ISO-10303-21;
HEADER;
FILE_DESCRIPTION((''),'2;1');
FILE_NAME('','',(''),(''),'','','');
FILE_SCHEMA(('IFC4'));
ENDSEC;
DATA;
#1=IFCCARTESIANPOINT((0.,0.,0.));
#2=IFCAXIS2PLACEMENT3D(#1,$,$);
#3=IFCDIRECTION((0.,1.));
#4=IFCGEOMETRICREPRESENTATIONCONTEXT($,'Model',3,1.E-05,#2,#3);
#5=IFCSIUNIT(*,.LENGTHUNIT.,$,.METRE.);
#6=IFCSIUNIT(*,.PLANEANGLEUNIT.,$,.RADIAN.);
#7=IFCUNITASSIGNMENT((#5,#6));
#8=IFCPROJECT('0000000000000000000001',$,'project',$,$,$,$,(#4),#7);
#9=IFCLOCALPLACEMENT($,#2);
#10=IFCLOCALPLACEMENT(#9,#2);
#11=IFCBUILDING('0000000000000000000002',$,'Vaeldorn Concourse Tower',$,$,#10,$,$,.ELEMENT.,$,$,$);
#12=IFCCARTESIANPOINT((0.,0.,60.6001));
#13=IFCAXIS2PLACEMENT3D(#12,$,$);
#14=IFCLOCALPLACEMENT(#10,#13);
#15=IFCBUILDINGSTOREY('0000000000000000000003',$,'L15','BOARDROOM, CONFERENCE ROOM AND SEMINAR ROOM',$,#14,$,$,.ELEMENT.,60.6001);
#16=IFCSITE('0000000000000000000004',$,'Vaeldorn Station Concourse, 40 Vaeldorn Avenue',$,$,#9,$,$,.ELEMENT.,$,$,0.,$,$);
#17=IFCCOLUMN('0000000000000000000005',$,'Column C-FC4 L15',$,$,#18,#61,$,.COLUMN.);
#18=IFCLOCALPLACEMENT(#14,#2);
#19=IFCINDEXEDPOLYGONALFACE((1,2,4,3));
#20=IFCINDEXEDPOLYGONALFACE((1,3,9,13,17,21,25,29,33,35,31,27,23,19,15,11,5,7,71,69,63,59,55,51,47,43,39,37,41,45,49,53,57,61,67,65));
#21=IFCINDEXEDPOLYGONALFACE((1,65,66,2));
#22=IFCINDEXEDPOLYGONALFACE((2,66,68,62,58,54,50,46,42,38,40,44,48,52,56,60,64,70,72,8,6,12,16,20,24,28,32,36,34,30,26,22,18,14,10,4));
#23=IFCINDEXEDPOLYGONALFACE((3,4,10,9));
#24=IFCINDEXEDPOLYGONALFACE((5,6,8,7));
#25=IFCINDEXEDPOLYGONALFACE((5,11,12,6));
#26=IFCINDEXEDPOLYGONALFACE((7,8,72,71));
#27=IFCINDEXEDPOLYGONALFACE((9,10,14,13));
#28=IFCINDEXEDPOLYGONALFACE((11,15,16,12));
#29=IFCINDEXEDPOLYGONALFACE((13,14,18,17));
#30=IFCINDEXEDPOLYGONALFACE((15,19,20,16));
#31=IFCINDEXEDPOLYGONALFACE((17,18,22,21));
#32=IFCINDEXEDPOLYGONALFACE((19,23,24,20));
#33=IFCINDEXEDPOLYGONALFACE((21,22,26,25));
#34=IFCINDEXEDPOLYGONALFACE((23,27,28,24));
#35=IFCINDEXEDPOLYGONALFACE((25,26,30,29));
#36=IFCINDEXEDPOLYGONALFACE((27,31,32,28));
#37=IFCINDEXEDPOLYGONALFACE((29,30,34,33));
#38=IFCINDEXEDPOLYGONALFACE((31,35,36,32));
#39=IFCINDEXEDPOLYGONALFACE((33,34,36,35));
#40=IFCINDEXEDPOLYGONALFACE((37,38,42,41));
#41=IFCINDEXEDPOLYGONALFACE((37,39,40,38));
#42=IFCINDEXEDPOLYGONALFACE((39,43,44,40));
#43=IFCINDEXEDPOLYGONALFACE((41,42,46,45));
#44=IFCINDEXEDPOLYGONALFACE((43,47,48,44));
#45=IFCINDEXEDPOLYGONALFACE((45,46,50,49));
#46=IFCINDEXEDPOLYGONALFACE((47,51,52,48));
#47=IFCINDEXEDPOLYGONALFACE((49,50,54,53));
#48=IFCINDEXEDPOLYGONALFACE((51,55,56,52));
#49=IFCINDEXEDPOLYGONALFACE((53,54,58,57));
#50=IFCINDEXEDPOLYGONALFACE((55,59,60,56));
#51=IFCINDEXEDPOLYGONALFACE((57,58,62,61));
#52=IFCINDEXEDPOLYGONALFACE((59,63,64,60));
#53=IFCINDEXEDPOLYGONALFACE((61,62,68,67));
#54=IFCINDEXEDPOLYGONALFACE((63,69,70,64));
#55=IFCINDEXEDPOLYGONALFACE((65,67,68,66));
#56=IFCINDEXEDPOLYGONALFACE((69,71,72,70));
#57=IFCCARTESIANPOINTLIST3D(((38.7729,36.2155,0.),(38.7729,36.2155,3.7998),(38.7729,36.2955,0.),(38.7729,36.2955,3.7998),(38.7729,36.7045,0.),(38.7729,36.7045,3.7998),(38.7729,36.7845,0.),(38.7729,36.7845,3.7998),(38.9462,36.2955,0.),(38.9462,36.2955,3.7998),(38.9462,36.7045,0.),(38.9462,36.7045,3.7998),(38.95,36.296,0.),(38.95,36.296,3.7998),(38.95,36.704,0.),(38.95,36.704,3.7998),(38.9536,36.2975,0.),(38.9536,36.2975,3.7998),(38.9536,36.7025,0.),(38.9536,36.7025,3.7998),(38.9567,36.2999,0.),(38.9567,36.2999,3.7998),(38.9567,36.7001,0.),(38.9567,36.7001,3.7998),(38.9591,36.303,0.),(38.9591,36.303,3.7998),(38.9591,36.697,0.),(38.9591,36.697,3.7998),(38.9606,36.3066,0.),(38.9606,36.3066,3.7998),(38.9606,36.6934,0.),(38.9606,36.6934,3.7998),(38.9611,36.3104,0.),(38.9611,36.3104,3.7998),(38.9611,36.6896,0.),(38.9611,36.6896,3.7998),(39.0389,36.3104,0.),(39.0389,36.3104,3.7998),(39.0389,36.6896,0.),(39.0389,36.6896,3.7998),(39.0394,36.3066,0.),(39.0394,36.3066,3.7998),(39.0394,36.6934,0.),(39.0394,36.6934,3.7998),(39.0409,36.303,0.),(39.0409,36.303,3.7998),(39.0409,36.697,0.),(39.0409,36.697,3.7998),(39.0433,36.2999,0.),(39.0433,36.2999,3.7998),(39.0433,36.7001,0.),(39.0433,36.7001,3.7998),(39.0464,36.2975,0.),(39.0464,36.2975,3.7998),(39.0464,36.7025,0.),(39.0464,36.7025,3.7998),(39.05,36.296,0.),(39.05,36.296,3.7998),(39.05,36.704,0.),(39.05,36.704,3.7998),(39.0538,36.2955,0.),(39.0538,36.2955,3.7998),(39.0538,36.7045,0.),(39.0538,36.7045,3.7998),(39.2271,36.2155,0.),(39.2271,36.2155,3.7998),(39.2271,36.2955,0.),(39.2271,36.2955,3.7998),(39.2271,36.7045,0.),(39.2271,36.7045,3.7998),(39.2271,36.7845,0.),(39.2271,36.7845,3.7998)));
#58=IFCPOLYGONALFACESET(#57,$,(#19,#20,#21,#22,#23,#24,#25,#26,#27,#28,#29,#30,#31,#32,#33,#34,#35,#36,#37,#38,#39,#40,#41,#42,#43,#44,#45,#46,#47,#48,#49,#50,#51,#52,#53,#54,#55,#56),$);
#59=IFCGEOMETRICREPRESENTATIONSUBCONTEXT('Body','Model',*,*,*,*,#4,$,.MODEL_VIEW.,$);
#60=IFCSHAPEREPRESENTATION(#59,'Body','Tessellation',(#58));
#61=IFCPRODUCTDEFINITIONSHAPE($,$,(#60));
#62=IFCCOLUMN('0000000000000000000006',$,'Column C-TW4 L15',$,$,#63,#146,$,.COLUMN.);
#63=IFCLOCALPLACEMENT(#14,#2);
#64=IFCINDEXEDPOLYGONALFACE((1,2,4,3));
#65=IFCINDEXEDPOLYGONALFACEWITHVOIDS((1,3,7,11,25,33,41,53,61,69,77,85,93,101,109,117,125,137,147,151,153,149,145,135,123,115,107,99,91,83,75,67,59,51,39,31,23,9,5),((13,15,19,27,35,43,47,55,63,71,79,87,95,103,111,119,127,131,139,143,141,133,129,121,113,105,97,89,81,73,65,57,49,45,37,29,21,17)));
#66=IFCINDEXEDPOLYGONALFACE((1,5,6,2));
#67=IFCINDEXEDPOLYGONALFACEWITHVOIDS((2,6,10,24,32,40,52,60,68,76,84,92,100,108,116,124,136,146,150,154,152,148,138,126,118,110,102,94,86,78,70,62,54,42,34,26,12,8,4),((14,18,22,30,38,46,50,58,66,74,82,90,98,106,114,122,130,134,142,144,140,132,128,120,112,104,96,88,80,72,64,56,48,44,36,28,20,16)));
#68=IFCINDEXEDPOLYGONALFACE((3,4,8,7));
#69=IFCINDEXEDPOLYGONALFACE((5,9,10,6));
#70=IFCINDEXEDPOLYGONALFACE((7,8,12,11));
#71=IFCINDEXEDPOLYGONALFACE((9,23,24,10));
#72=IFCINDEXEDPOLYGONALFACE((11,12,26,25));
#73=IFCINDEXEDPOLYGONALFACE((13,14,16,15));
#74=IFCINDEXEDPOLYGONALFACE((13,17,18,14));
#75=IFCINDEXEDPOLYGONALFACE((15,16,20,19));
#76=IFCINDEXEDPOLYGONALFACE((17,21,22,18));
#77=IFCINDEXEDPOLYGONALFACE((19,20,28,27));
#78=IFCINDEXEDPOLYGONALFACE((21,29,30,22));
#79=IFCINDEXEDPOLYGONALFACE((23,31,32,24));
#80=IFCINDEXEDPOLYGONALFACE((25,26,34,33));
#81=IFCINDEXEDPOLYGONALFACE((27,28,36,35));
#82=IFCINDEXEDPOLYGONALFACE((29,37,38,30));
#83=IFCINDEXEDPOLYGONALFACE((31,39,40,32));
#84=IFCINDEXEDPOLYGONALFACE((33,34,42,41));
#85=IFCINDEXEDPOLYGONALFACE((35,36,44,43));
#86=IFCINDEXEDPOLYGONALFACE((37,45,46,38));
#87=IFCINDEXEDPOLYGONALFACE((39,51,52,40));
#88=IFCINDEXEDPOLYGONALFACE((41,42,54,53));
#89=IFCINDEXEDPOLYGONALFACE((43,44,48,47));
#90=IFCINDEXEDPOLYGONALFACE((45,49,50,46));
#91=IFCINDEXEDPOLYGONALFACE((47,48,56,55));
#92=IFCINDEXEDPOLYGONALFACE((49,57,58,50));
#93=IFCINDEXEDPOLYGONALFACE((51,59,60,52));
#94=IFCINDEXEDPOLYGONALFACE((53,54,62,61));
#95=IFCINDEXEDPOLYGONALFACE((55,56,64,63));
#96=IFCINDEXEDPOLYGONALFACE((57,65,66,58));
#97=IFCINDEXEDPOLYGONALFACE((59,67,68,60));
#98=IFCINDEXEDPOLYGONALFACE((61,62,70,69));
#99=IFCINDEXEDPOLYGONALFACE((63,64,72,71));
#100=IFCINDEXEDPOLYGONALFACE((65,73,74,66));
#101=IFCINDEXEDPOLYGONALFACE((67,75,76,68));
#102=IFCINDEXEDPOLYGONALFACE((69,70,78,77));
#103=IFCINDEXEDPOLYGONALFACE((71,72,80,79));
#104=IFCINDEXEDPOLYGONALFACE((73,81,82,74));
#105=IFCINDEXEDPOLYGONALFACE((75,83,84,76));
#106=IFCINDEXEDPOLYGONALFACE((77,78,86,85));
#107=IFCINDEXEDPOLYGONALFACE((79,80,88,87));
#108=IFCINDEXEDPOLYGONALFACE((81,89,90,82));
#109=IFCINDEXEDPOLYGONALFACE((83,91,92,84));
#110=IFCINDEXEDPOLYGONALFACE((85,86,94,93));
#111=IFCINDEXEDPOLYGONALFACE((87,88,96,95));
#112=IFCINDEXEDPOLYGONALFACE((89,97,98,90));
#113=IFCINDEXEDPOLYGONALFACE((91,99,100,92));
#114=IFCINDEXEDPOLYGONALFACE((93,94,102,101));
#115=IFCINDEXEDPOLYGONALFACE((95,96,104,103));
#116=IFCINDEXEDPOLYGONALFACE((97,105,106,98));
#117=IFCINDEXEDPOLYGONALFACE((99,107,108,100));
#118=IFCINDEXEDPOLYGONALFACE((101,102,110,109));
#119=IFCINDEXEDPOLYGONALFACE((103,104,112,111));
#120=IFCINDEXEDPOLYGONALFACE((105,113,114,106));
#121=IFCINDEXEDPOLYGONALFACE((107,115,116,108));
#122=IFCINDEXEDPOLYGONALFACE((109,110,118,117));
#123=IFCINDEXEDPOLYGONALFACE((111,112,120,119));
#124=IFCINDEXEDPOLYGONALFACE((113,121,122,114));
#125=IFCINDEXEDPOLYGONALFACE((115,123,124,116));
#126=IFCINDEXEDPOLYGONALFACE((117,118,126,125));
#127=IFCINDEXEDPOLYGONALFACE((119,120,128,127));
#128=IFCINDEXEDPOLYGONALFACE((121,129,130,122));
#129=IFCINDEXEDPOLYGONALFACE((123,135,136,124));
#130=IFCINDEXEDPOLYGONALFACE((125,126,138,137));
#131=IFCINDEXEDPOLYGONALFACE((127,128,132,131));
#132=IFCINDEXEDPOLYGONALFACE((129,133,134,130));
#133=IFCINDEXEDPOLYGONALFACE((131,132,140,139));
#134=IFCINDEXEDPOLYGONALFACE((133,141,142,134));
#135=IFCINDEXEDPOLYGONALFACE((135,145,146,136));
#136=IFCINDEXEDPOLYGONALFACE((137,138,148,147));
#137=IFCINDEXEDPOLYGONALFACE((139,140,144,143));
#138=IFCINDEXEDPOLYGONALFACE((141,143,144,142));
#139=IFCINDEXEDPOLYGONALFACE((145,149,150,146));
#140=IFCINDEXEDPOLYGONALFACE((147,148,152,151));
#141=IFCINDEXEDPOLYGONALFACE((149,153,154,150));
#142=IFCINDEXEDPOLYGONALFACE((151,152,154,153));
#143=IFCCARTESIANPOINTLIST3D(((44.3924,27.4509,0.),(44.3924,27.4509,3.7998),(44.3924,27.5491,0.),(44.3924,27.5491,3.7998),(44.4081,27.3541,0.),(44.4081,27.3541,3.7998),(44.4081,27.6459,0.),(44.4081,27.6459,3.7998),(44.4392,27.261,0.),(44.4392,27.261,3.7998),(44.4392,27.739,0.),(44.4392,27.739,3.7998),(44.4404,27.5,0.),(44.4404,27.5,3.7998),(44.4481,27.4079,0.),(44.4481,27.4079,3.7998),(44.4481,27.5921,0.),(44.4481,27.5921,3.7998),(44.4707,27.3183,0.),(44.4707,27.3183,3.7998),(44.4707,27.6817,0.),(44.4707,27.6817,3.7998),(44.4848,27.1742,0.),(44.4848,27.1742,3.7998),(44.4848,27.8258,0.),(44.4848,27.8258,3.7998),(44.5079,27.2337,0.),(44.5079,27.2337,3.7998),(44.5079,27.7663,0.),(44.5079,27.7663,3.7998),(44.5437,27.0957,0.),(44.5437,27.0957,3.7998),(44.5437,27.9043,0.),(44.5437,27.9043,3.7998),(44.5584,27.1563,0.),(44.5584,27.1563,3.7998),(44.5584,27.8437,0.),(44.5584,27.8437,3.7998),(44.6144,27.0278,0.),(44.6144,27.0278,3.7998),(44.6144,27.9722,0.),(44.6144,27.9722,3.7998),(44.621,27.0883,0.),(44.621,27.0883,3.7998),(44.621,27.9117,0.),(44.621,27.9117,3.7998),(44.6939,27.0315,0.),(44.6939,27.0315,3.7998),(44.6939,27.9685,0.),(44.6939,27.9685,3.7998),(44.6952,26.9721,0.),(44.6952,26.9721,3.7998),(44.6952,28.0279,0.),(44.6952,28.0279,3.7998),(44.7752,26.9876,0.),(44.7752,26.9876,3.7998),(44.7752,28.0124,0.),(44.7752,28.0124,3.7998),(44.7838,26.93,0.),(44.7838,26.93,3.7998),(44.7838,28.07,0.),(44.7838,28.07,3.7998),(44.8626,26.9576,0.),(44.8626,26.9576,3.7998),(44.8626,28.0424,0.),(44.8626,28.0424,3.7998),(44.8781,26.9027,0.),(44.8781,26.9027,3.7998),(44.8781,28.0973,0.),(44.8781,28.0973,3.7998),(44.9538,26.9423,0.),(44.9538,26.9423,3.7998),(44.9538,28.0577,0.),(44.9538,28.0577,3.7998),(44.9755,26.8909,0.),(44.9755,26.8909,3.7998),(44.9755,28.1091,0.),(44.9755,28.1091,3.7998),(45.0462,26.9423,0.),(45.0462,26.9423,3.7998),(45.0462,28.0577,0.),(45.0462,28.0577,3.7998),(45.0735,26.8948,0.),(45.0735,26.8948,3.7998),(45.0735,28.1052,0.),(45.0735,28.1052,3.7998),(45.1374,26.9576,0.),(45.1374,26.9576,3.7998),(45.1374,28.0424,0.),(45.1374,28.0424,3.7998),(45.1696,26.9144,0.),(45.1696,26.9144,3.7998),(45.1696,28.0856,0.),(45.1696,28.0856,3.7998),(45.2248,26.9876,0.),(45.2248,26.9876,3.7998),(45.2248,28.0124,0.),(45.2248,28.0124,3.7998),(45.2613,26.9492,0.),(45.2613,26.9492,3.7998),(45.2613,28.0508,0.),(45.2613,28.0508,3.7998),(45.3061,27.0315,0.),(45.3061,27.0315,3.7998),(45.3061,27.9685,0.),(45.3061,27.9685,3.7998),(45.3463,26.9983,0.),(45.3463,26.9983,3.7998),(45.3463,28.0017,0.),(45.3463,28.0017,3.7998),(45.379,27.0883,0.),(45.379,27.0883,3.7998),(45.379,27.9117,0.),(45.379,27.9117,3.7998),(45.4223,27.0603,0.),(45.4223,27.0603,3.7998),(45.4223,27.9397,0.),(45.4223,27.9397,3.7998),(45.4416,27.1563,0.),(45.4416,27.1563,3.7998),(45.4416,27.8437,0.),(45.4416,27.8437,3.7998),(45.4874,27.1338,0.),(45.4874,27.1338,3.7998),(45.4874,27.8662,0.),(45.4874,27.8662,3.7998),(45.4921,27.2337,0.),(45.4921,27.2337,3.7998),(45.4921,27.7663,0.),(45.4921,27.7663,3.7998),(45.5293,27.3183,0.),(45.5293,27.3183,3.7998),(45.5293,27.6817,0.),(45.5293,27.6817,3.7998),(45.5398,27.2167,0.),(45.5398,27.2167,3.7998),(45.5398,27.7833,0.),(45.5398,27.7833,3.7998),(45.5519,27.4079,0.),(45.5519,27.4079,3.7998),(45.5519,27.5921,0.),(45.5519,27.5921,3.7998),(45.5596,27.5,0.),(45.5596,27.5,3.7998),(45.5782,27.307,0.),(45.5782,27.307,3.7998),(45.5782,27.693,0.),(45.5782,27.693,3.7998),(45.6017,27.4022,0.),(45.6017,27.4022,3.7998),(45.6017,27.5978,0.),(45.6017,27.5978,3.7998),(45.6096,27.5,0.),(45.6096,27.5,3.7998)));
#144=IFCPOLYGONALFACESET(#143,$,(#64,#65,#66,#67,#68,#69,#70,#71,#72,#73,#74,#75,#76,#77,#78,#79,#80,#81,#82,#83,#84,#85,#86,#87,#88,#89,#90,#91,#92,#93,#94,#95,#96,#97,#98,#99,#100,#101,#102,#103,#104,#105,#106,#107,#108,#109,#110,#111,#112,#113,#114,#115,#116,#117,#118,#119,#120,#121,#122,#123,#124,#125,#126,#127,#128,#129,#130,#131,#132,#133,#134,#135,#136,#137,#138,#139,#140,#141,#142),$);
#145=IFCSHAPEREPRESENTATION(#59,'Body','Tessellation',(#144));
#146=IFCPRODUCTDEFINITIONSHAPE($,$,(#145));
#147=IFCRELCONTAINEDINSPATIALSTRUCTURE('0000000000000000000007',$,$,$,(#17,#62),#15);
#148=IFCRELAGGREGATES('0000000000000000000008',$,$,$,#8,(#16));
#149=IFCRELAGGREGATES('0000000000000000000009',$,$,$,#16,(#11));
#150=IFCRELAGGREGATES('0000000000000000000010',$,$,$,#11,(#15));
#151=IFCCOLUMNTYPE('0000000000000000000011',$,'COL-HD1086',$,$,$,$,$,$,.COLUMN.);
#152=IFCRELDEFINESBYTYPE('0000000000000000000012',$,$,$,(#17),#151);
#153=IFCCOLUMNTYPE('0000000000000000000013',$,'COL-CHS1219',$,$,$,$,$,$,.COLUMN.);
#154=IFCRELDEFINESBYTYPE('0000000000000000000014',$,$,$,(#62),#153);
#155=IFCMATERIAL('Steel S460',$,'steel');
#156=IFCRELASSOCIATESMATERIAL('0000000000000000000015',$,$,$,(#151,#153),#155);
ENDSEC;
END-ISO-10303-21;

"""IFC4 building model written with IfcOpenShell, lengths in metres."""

from ifc_helpers import new_model, si_unit, direction, frame, origin, origin_2d, place, context, subcontext, project, spatial, hollow_circle, i_section, extrude, source, transform, mapped, material, material_profile, profile_set, type_object, element, save


model = new_model("IFC4")

# Units and contexts
model_context = context("Model", 3, precision=1e-05, world=origin(), true_north=direction((0.0, 1.0)))
body_context = subcontext(model_context, "Body", "Model", "MODEL_VIEW")
ifc_project = project(units=[si_unit("LENGTHUNIT", "METRE"), si_unit("PLANEANGLEUNIT", "RADIAN")], contexts=[model_context])

# Site, building, storey
site_placement = place(None, origin())
site = spatial("IfcSite", under=ifc_project, at=site_placement, Name="Vaeldorn Station Concourse, 40 Vaeldorn Avenue", CompositionType="ELEMENT", RefElevation=0.0)
building_placement = place(site_placement, origin())
building = spatial("IfcBuilding", under=site, at=building_placement, Name="Vaeldorn Concourse Tower", CompositionType="ELEMENT")
storey_placement = place(building_placement, frame((0.0, 0.0, 60.6001)))
storey = spatial("IfcBuildingStorey", under=building, at=storey_placement, Name="L15", Description="BOARDROOM, CONFERENCE ROOM AND SEMINAR ROOM", CompositionType="ELEMENT", Elevation=60.6001)

# Columns
ifc_material_1 = material(Name="Steel S460", Category="steel")
ifc_material_profile_1 = material_profile(ifc_material_1, i_section(OverallWidth=0.4541, OverallDepth=0.5691, WebThickness=0.0779, FlangeThickness=0.0801, FilletRadius=0.0149, at=origin_2d()), Name="HD 400x1086")
ifc_profile_set_1 = profile_set([ifc_material_profile_1], Name="Steel S460")
column_type_1 = type_object("IfcColumnType", Name="COL-HD1086", PredefinedType="COLUMN", material=ifc_profile_set_1)
shared_shape_1 = source(origin(), body_context, "Body", "SweptSolid", [
    extrude(i_section(OverallWidth=0.4541, OverallDepth=0.5691, WebThickness=0.0779, FlangeThickness=0.0801, FilletRadius=0.0149, at=origin_2d()), origin(), (0.0, 0.0, 1.0), 3.7998),
])
column_1_placement = place(storey_placement, frame((39.0, 36.5, 0.0), z_axis=(0.0, 0.0, 1.0), x_axis=(1.0, 0.0, 0.0)))
element("IfcColumn", 1, at=column_1_placement, inside=storey, type_object=column_type_1, Name="Column C-FC4 L15", PredefinedType="COLUMN", context=body_context, shape_type="MappedRepresentation", body=[
    mapped(shared_shape_1, transform((0.0, 0.0, 0.0), scale=1.0)),
])
ifc_material_profile_2 = material_profile(ifc_material_1, hollow_circle(Radius=0.6096, WallThickness=0.05, at=origin_2d()), Name="CHS 1219x50")
ifc_profile_set_2 = profile_set([ifc_material_profile_2], Name="Steel S460")
column_type_2 = type_object("IfcColumnType", Name="COL-CHS1219", PredefinedType="COLUMN", material=ifc_profile_set_2)
shared_shape_2 = source(origin(), body_context, "Body", "SweptSolid", [
    extrude(hollow_circle(Radius=0.6096, WallThickness=0.05, at=origin_2d()), origin(), (0.0, 0.0, 1.0), 3.7998),
])
column_2_placement = place(storey_placement, frame((45.0, 27.5, 0.0), z_axis=(0.0, 0.0, 1.0), x_axis=(1.0, 0.0, 0.0)))
element("IfcColumn", 2, at=column_2_placement, inside=storey, type_object=column_type_2, Name="Column C-TW4 L15", PredefinedType="COLUMN", context=body_context, shape_type="MappedRepresentation", body=[
    mapped(shared_shape_2, transform((0.0, 0.0, 0.0), scale=1.0)),
])

save(model, "model.ifc")
